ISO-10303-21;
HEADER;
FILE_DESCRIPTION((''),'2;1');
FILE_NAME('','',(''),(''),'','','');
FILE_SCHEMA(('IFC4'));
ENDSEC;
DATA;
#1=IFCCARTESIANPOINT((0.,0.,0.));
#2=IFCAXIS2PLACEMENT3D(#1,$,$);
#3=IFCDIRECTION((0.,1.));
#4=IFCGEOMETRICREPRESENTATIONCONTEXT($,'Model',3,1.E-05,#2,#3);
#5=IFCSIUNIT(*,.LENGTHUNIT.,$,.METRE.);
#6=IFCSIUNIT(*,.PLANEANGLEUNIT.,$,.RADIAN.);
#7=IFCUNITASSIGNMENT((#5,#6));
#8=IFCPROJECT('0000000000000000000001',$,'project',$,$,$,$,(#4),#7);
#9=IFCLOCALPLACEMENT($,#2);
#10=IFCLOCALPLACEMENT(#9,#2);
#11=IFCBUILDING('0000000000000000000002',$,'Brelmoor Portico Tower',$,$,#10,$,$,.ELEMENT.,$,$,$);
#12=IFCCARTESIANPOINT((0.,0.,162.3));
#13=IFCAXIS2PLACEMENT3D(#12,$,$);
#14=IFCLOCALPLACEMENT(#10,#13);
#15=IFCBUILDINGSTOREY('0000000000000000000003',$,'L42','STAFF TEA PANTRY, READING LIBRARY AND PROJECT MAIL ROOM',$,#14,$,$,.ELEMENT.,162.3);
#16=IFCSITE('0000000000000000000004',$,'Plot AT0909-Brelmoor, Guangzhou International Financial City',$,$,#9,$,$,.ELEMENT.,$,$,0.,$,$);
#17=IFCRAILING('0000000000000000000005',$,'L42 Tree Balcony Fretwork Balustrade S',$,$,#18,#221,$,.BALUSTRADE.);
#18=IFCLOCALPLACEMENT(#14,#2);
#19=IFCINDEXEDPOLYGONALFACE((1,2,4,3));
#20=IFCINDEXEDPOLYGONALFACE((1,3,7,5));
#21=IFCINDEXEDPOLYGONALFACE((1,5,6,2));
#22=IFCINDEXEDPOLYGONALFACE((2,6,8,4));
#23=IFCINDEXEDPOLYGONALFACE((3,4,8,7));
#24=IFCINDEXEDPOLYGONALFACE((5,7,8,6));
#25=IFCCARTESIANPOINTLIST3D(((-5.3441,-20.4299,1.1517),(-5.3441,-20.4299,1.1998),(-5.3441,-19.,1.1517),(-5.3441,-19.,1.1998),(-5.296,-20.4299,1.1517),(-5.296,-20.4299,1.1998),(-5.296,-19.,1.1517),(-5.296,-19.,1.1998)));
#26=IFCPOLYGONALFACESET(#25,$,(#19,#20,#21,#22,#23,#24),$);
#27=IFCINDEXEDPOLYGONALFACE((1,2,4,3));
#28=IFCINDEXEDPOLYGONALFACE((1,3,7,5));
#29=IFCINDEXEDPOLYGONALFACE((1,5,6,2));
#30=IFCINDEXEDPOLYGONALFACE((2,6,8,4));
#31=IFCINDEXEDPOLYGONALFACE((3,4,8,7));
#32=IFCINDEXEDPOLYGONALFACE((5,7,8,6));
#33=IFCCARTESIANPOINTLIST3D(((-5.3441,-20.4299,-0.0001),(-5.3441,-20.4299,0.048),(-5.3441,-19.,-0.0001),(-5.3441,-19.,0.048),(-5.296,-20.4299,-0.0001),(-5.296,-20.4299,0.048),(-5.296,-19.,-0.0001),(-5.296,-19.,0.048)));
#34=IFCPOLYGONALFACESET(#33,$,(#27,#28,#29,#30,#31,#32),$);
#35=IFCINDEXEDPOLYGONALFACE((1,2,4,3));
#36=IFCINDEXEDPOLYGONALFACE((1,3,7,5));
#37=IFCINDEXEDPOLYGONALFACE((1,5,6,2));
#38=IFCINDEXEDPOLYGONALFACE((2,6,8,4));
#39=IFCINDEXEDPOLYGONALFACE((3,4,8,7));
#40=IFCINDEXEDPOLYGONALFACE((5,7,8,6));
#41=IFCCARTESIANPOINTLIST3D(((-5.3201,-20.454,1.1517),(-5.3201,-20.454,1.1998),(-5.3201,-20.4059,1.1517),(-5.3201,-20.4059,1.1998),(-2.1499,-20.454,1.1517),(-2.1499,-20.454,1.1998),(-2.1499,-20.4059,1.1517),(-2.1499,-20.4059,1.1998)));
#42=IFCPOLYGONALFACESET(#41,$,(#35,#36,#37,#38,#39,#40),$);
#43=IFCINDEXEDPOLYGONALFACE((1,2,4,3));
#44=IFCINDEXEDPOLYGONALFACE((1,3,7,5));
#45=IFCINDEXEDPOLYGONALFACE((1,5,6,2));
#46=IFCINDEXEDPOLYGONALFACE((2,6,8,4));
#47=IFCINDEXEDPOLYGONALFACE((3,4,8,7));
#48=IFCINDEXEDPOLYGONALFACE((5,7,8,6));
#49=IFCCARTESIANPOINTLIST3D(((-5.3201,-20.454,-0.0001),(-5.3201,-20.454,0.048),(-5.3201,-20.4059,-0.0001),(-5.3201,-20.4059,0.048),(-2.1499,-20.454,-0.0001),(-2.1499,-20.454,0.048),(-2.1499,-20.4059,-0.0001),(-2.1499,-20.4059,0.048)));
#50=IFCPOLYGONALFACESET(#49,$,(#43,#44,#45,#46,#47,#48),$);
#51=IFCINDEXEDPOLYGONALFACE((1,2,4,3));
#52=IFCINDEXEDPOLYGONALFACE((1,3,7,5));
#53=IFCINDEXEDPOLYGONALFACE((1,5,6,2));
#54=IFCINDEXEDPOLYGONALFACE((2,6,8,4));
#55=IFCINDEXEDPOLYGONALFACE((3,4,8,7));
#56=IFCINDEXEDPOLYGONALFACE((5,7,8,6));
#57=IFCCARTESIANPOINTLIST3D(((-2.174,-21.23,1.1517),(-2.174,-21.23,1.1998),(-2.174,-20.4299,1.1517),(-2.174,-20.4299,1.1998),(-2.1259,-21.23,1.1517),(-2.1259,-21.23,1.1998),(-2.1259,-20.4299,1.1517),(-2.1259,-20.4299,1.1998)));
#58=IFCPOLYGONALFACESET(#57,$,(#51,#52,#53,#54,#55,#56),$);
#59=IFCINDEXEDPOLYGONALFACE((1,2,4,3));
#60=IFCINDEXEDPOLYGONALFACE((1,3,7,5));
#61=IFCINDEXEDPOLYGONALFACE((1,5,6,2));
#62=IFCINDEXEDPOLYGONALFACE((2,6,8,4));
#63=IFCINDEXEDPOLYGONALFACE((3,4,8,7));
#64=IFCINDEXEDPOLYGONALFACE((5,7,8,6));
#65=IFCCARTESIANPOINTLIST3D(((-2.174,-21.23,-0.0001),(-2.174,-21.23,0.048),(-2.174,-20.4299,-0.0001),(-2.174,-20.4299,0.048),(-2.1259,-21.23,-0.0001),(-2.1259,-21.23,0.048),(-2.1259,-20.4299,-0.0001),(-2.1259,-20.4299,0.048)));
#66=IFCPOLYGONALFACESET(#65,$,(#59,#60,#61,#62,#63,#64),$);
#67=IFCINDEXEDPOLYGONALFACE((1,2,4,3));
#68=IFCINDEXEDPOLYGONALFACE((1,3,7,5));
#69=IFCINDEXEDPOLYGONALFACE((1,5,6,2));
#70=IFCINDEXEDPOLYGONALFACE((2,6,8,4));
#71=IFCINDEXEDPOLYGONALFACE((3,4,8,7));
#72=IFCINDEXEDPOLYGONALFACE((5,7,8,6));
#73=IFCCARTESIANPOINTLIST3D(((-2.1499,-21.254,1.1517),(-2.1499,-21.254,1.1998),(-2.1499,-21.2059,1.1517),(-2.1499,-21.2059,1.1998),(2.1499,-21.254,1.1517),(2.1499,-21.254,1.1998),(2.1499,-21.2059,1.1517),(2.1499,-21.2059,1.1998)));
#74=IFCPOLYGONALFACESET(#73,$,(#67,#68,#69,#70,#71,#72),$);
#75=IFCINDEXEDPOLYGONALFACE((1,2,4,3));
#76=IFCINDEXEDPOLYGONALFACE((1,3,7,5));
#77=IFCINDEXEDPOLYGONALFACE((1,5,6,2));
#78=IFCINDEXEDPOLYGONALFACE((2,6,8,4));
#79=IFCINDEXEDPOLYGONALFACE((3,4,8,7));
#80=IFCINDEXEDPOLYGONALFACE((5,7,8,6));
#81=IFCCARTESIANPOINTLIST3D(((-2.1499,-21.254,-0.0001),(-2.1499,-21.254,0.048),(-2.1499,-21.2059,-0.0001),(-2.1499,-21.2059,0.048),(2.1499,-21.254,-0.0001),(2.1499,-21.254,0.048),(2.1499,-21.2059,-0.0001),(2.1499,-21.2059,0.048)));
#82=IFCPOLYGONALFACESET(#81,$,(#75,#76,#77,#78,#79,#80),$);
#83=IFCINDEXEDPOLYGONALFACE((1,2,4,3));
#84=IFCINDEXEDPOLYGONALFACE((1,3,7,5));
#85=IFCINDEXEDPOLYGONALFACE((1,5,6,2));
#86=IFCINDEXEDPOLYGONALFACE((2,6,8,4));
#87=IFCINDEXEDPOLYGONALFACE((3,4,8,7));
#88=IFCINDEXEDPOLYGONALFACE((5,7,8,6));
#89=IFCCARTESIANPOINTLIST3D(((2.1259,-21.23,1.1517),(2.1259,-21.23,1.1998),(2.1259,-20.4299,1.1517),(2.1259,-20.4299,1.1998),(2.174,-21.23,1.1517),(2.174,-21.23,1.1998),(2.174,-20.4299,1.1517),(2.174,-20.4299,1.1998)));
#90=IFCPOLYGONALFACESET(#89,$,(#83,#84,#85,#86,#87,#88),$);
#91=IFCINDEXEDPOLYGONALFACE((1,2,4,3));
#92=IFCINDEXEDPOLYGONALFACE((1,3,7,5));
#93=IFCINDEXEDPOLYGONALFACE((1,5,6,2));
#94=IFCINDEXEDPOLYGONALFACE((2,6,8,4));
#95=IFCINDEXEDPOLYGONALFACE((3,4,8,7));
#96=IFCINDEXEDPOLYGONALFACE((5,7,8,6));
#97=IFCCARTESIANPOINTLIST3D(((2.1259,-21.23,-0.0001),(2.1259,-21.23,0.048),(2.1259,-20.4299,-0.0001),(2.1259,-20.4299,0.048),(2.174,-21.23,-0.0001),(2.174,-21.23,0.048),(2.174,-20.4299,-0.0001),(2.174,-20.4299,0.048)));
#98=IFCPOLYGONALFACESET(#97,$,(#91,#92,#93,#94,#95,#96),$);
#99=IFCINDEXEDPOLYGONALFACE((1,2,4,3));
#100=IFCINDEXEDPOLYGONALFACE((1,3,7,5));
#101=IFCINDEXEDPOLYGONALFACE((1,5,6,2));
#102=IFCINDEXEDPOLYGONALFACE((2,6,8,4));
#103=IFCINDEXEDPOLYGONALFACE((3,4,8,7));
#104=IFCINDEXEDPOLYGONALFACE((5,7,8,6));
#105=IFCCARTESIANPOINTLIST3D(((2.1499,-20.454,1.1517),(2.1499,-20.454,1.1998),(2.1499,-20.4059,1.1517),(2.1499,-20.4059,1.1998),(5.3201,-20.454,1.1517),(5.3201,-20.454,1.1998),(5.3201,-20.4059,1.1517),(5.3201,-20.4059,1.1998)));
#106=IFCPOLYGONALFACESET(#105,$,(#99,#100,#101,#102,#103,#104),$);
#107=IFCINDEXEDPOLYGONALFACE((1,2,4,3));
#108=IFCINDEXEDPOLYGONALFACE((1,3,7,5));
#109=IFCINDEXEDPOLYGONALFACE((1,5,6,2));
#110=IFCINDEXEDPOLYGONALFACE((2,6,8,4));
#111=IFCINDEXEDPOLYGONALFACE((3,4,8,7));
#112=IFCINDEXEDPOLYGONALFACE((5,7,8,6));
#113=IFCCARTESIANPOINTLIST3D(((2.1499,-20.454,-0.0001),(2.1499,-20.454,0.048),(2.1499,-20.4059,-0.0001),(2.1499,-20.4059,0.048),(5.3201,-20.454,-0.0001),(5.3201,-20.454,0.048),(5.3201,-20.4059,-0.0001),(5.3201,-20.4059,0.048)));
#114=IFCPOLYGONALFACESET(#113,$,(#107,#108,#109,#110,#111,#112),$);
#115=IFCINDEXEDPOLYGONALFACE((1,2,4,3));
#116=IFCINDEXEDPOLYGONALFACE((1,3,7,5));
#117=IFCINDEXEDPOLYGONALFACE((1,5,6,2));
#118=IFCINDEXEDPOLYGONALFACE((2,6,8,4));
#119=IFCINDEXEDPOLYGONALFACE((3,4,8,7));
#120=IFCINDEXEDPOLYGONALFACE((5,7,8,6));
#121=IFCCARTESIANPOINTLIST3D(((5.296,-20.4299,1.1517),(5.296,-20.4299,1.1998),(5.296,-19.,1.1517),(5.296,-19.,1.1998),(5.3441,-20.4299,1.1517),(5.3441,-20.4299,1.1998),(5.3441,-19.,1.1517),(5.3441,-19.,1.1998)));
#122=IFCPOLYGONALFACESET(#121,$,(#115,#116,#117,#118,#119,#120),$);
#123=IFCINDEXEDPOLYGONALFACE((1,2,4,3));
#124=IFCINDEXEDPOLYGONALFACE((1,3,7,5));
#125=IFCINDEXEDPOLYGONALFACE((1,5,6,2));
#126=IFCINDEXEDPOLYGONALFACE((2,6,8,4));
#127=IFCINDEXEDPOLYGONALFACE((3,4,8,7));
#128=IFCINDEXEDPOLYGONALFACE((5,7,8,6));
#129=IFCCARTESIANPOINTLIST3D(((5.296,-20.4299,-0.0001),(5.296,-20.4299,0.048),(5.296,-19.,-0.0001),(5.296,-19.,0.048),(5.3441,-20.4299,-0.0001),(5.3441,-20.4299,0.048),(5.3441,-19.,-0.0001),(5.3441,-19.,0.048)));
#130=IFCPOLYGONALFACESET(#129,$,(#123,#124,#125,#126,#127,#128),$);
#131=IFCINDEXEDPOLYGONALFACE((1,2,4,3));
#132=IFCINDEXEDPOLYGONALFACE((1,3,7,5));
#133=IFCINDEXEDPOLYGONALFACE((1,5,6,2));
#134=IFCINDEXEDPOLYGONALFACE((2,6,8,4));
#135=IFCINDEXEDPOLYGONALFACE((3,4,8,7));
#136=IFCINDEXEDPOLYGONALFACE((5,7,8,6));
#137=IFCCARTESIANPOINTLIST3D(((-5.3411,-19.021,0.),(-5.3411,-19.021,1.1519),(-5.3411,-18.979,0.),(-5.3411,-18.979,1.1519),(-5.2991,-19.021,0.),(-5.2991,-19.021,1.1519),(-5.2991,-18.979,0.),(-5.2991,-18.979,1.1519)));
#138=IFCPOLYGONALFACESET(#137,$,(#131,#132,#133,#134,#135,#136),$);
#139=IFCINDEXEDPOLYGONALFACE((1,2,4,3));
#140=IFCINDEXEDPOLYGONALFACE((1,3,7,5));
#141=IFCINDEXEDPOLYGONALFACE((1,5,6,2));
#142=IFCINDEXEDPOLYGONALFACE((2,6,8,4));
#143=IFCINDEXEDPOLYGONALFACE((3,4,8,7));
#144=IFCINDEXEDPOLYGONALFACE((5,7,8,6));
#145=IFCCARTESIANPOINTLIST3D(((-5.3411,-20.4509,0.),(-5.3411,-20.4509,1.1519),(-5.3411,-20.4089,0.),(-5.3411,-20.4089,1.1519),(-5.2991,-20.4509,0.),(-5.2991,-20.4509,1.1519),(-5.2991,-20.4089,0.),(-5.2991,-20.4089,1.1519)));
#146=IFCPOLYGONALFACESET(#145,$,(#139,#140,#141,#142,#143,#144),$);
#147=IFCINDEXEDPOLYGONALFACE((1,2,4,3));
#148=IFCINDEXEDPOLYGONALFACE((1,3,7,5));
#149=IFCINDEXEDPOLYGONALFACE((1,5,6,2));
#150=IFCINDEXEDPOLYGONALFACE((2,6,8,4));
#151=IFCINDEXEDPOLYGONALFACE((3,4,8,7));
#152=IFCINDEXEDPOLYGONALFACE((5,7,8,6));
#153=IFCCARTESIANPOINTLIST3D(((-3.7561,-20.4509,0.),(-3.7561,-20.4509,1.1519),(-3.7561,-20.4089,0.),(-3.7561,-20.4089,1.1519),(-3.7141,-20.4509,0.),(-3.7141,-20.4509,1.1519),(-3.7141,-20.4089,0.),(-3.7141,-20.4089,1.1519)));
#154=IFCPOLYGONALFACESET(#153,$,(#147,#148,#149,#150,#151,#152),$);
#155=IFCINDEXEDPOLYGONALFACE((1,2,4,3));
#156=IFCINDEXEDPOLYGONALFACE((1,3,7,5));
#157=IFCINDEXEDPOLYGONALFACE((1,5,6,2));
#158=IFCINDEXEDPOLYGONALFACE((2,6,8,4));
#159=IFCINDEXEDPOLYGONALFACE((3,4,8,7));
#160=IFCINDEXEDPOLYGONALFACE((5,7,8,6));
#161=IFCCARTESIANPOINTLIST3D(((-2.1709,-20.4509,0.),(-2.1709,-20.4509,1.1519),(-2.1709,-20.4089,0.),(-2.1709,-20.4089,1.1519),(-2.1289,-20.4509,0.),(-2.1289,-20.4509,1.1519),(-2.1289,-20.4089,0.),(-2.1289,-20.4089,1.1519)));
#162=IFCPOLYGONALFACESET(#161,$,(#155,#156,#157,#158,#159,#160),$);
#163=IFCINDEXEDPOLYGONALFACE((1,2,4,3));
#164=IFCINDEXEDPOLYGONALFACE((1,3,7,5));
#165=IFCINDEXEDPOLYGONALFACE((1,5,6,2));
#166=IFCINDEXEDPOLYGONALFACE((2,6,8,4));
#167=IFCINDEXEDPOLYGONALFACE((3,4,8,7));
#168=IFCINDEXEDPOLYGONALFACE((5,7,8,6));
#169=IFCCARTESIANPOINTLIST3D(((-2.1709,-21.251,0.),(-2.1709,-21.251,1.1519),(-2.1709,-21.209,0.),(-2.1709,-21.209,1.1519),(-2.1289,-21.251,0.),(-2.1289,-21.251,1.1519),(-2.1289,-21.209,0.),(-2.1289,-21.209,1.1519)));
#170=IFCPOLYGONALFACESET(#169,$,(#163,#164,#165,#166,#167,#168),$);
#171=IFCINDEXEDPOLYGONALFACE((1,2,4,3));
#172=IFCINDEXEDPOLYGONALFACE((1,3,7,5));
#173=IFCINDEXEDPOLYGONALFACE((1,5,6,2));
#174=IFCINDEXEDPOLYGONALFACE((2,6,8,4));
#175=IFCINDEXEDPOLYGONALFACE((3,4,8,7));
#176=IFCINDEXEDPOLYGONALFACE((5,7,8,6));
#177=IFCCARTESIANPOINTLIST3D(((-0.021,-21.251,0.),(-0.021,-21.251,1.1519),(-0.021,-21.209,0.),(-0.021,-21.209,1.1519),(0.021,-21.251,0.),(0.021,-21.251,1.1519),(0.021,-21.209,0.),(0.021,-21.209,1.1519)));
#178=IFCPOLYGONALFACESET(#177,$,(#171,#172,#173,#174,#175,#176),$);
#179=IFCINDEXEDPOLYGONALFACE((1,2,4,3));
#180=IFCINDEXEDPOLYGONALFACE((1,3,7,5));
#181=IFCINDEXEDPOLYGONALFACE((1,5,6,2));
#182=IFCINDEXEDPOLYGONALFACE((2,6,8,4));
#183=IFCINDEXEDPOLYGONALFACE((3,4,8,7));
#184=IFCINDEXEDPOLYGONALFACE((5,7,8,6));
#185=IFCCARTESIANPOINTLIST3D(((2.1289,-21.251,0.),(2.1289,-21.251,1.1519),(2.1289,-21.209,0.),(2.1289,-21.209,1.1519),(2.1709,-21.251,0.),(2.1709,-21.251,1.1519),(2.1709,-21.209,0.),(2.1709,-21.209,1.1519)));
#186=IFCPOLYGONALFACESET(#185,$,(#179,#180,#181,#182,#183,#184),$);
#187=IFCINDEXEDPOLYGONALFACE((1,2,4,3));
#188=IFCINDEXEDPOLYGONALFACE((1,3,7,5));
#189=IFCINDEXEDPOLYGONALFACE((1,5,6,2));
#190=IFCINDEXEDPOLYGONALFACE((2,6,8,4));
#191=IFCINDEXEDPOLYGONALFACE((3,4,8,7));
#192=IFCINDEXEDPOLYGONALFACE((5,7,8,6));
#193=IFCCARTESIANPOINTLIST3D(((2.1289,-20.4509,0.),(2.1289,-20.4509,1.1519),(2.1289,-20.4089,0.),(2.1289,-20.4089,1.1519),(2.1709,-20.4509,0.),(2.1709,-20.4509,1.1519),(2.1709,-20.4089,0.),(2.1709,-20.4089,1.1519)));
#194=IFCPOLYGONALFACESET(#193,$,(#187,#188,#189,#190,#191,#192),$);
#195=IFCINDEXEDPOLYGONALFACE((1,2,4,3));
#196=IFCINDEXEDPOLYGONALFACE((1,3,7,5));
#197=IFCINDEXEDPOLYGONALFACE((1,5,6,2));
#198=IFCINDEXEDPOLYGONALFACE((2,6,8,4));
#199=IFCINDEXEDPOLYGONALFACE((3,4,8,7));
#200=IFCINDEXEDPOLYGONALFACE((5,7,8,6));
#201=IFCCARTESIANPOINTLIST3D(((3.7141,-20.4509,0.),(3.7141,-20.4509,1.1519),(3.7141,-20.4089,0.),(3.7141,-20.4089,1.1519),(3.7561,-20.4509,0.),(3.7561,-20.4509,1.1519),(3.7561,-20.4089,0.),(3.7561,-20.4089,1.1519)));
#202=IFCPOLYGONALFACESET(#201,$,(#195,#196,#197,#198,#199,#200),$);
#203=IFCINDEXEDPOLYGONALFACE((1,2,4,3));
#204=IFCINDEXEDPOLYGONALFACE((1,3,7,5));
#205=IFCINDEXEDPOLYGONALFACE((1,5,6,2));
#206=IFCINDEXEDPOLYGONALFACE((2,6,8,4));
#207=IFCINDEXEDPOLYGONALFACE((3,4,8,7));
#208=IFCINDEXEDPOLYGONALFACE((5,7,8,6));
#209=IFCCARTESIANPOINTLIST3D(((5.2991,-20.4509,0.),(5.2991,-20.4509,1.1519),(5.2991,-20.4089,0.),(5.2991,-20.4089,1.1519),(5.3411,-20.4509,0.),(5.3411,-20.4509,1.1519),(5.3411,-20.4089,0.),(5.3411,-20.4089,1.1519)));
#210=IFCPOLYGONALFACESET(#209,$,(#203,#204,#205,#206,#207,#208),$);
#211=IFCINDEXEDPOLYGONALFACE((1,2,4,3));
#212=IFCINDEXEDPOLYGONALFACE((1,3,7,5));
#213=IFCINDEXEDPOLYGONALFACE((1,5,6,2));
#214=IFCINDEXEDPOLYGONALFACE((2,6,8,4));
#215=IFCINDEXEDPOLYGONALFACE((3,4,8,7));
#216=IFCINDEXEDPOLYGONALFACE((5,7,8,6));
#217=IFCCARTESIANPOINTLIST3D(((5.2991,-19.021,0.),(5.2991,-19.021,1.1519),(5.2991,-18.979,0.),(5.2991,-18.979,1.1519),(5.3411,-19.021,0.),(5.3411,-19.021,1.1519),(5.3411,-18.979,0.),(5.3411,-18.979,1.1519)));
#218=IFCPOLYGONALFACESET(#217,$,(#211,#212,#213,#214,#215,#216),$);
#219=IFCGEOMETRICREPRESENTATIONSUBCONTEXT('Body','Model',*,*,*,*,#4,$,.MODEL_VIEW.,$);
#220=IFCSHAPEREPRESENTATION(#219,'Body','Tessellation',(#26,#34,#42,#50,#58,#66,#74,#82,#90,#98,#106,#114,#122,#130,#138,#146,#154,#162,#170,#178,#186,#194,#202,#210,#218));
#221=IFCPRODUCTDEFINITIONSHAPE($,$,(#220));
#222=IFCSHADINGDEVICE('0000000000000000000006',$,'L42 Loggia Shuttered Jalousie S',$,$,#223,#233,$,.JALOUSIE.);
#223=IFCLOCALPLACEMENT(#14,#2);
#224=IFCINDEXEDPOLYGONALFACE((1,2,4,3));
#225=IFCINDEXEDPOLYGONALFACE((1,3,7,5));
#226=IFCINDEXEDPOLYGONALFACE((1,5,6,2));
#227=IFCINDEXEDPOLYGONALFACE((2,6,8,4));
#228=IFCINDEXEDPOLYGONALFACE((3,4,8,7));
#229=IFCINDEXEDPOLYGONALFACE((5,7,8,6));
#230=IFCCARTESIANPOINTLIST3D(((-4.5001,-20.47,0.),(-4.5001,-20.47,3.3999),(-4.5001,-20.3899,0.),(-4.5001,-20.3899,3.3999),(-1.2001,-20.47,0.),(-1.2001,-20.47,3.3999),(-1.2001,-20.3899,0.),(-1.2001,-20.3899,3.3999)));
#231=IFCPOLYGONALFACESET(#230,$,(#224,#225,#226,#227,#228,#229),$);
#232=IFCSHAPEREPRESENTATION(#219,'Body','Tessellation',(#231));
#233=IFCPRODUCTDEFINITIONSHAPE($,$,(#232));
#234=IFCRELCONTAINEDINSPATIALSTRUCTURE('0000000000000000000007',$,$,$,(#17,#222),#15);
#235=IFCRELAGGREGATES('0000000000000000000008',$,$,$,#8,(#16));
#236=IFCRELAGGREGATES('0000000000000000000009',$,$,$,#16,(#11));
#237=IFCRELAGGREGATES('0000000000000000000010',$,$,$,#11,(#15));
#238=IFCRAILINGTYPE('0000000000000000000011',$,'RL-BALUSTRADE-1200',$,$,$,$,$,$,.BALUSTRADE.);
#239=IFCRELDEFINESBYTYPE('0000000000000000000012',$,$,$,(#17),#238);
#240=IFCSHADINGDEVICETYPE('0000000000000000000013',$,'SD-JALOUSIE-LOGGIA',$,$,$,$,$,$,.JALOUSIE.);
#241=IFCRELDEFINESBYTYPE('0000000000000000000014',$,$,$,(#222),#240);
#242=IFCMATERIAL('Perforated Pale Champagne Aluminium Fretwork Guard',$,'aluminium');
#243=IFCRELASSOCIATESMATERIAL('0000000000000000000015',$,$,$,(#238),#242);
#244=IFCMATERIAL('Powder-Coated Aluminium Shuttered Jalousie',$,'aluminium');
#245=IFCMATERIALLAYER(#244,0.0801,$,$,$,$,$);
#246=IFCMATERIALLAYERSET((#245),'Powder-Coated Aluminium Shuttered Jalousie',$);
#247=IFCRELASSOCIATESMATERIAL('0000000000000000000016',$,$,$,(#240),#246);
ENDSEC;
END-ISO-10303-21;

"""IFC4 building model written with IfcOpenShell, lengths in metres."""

from ifc_helpers import new_model, si_unit, direction, frame, origin, origin_2d, place, context, subcontext, project, spatial, rectangle, extrude, material, layer, layer_set, type_object, element, save


model = new_model("IFC4")

# Units and contexts
model_context = context("Model", 3, precision=1e-05, world=origin(), true_north=direction((0.0, 1.0)))
body_context = subcontext(model_context, "Body", "Model", "MODEL_VIEW")
ifc_project = project(units=[si_unit("LENGTHUNIT", "METRE"), si_unit("PLANEANGLEUNIT", "RADIAN")], contexts=[model_context])

# Site, building, storey
site_placement = place(None, origin())
site = spatial("IfcSite", under=ifc_project, at=site_placement, Name="Plot AT0909-Brelmoor, Guangzhou International Financial City", CompositionType="ELEMENT", RefElevation=0.0)
building_placement = place(site_placement, origin())
building = spatial("IfcBuilding", under=site, at=building_placement, Name="Brelmoor Portico Tower", CompositionType="ELEMENT")
storey_placement = place(building_placement, frame((0.0, 0.0, 162.3)))
storey = spatial("IfcBuildingStorey", under=building, at=storey_placement, Name="L42", Description="STAFF TEA PANTRY, READING LIBRARY AND PROJECT MAIL ROOM", CompositionType="ELEMENT", Elevation=162.3)

# Railing
ifc_material_1 = material(Name="Perforated Pale Champagne Aluminium Fretwork Guard", Category="aluminium")
railing_type = type_object("IfcRailingType", Name="RL-BALUSTRADE-1200", PredefinedType="BALUSTRADE", material=ifc_material_1)
railing_placement = place(storey_placement, frame((-5.3201, -19.0, 0.0)))
element("IfcRailing", 1, at=railing_placement, inside=storey, type_object=railing_type, Name="L42 Tree Balcony Fretwork Balustrade S", PredefinedType="BALUSTRADE", context=body_context, shape_type="SweptSolid", body=[
    extrude(rectangle(XDim=0.0481, YDim=0.0481, at=origin_2d()), frame((0.0, 0.0, 1.1758), z_axis=(0.0, -1.0, 0.0), x_axis=(1.0, 0.0, 0.0)), (0.0, 0.0, 1.0), 1.4299),
    extrude(rectangle(XDim=0.0481, YDim=0.0481, at=origin_2d()), frame((0.0, 0.0, 0.0239), z_axis=(0.0, -1.0, 0.0), x_axis=(1.0, 0.0, 0.0)), (0.0, 0.0, 1.0), 1.4299),
    extrude(rectangle(XDim=0.0481, YDim=0.0481, at=origin_2d()), frame((0.0, -1.4299, 1.1758), z_axis=(1.0, 0.0, 0.0), x_axis=(0.0, 1.0, 0.0)), (0.0, 0.0, 1.0), 3.1702),
    extrude(rectangle(XDim=0.0481, YDim=0.0481, at=origin_2d()), frame((0.0, -1.4299, 0.0239), z_axis=(1.0, 0.0, 0.0), x_axis=(0.0, 1.0, 0.0)), (0.0, 0.0, 1.0), 3.1702),
    extrude(rectangle(XDim=0.0481, YDim=0.0481, at=origin_2d()), frame((3.1702, -1.4299, 1.1758), z_axis=(0.0, -1.0, 0.0), x_axis=(1.0, 0.0, 0.0)), (0.0, 0.0, 1.0), 0.8),
    extrude(rectangle(XDim=0.0481, YDim=0.0481, at=origin_2d()), frame((3.1702, -1.4299, 0.0239), z_axis=(0.0, -1.0, 0.0), x_axis=(1.0, 0.0, 0.0)), (0.0, 0.0, 1.0), 0.8),
    extrude(rectangle(XDim=0.0481, YDim=0.0481, at=origin_2d()), frame((3.1702, -2.23, 1.1758), z_axis=(1.0, 0.0, 0.0), x_axis=(0.0, 1.0, 0.0)), (0.0, 0.0, 1.0), 4.2998),
    extrude(rectangle(XDim=0.0481, YDim=0.0481, at=origin_2d()), frame((3.1702, -2.23, 0.0239), z_axis=(1.0, 0.0, 0.0), x_axis=(0.0, 1.0, 0.0)), (0.0, 0.0, 1.0), 4.2998),
    extrude(rectangle(XDim=0.0481, YDim=0.0481, at=origin_2d()), frame((7.47, -2.23, 1.1758), z_axis=(0.0, 1.0, 0.0), x_axis=(-1.0, 0.0, 0.0)), (0.0, 0.0, 1.0), 0.8),
    extrude(rectangle(XDim=0.0481, YDim=0.0481, at=origin_2d()), frame((7.47, -2.23, 0.0239), z_axis=(0.0, 1.0, 0.0), x_axis=(-1.0, 0.0, 0.0)), (0.0, 0.0, 1.0), 0.8),
    extrude(rectangle(XDim=0.0481, YDim=0.0481, at=origin_2d()), frame((7.47, -1.4299, 1.1758), z_axis=(1.0, 0.0, 0.0), x_axis=(0.0, 1.0, 0.0)), (0.0, 0.0, 1.0), 3.1702),
    extrude(rectangle(XDim=0.0481, YDim=0.0481, at=origin_2d()), frame((7.47, -1.4299, 0.0239), z_axis=(1.0, 0.0, 0.0), x_axis=(0.0, 1.0, 0.0)), (0.0, 0.0, 1.0), 3.1702),
    extrude(rectangle(XDim=0.0481, YDim=0.0481, at=origin_2d()), frame((10.6401, -1.4299, 1.1758), z_axis=(0.0, 1.0, 0.0), x_axis=(-1.0, 0.0, 0.0)), (0.0, 0.0, 1.0), 1.4299),
    extrude(rectangle(XDim=0.0481, YDim=0.0481, at=origin_2d()), frame((10.6401, -1.4299, 0.0239), z_axis=(0.0, 1.0, 0.0), x_axis=(-1.0, 0.0, 0.0)), (0.0, 0.0, 1.0), 1.4299),
    extrude(rectangle(XDim=0.042, YDim=0.042, at=origin_2d()), origin(), (0.0, 0.0, 1.0), 1.1519),
    extrude(rectangle(XDim=0.042, YDim=0.042, at=origin_2d()), frame((0.0, -1.4299, 0.0)), (0.0, 0.0, 1.0), 1.1519),
    extrude(rectangle(XDim=0.042, YDim=0.042, at=origin_2d()), frame((1.585, -1.4299, 0.0)), (0.0, 0.0, 1.0), 1.1519),
    extrude(rectangle(XDim=0.042, YDim=0.042, at=origin_2d()), frame((3.1702, -1.4299, 0.0)), (0.0, 0.0, 1.0), 1.1519),
    extrude(rectangle(XDim=0.042, YDim=0.042, at=origin_2d()), frame((3.1702, -2.23, 0.0)), (0.0, 0.0, 1.0), 1.1519),
    extrude(rectangle(XDim=0.042, YDim=0.042, at=origin_2d()), frame((5.3201, -2.23, 0.0)), (0.0, 0.0, 1.0), 1.1519),
    extrude(rectangle(XDim=0.042, YDim=0.042, at=origin_2d()), frame((7.47, -2.23, 0.0)), (0.0, 0.0, 1.0), 1.1519),
    extrude(rectangle(XDim=0.042, YDim=0.042, at=origin_2d()), frame((7.47, -1.4299, 0.0)), (0.0, 0.0, 1.0), 1.1519),
    extrude(rectangle(XDim=0.042, YDim=0.042, at=origin_2d()), frame((9.0552, -1.4299, 0.0)), (0.0, 0.0, 1.0), 1.1519),
    extrude(rectangle(XDim=0.042, YDim=0.042, at=origin_2d()), frame((10.6401, -1.4299, 0.0)), (0.0, 0.0, 1.0), 1.1519),
    extrude(rectangle(XDim=0.042, YDim=0.042, at=origin_2d()), frame((10.6401, 0.0, 0.0)), (0.0, 0.0, 1.0), 1.1519),
])

# Shading device
ifc_material_2 = material(Name="Powder-Coated Aluminium Shuttered Jalousie", Category="aluminium")
ifc_layer_1 = layer(ifc_material_2, 0.0801)
ifc_layer_set_1 = layer_set([ifc_layer_1], Name="Powder-Coated Aluminium Shuttered Jalousie")
shading_device_type = type_object("IfcShadingDeviceType", Name="SD-JALOUSIE-LOGGIA", PredefinedType="JALOUSIE", material=ifc_layer_set_1)
shading_device_placement = place(storey_placement, frame((-2.8501, -20.4299, 0.0), z_axis=(0.0, 0.0, 1.0), x_axis=(1.0, 0.0, 0.0)))
element("IfcShadingDevice", 2, at=shading_device_placement, inside=storey, type_object=shading_device_type, Name="L42 Loggia Shuttered Jalousie S", PredefinedType="JALOUSIE", context=body_context, shape_type="SweptSolid", body=[
    extrude(rectangle(XDim=3.3, YDim=0.0801, at=origin_2d()), origin(), (0.0, 0.0, 1.0), 3.3999),
])

save(model, "model.ifc")
